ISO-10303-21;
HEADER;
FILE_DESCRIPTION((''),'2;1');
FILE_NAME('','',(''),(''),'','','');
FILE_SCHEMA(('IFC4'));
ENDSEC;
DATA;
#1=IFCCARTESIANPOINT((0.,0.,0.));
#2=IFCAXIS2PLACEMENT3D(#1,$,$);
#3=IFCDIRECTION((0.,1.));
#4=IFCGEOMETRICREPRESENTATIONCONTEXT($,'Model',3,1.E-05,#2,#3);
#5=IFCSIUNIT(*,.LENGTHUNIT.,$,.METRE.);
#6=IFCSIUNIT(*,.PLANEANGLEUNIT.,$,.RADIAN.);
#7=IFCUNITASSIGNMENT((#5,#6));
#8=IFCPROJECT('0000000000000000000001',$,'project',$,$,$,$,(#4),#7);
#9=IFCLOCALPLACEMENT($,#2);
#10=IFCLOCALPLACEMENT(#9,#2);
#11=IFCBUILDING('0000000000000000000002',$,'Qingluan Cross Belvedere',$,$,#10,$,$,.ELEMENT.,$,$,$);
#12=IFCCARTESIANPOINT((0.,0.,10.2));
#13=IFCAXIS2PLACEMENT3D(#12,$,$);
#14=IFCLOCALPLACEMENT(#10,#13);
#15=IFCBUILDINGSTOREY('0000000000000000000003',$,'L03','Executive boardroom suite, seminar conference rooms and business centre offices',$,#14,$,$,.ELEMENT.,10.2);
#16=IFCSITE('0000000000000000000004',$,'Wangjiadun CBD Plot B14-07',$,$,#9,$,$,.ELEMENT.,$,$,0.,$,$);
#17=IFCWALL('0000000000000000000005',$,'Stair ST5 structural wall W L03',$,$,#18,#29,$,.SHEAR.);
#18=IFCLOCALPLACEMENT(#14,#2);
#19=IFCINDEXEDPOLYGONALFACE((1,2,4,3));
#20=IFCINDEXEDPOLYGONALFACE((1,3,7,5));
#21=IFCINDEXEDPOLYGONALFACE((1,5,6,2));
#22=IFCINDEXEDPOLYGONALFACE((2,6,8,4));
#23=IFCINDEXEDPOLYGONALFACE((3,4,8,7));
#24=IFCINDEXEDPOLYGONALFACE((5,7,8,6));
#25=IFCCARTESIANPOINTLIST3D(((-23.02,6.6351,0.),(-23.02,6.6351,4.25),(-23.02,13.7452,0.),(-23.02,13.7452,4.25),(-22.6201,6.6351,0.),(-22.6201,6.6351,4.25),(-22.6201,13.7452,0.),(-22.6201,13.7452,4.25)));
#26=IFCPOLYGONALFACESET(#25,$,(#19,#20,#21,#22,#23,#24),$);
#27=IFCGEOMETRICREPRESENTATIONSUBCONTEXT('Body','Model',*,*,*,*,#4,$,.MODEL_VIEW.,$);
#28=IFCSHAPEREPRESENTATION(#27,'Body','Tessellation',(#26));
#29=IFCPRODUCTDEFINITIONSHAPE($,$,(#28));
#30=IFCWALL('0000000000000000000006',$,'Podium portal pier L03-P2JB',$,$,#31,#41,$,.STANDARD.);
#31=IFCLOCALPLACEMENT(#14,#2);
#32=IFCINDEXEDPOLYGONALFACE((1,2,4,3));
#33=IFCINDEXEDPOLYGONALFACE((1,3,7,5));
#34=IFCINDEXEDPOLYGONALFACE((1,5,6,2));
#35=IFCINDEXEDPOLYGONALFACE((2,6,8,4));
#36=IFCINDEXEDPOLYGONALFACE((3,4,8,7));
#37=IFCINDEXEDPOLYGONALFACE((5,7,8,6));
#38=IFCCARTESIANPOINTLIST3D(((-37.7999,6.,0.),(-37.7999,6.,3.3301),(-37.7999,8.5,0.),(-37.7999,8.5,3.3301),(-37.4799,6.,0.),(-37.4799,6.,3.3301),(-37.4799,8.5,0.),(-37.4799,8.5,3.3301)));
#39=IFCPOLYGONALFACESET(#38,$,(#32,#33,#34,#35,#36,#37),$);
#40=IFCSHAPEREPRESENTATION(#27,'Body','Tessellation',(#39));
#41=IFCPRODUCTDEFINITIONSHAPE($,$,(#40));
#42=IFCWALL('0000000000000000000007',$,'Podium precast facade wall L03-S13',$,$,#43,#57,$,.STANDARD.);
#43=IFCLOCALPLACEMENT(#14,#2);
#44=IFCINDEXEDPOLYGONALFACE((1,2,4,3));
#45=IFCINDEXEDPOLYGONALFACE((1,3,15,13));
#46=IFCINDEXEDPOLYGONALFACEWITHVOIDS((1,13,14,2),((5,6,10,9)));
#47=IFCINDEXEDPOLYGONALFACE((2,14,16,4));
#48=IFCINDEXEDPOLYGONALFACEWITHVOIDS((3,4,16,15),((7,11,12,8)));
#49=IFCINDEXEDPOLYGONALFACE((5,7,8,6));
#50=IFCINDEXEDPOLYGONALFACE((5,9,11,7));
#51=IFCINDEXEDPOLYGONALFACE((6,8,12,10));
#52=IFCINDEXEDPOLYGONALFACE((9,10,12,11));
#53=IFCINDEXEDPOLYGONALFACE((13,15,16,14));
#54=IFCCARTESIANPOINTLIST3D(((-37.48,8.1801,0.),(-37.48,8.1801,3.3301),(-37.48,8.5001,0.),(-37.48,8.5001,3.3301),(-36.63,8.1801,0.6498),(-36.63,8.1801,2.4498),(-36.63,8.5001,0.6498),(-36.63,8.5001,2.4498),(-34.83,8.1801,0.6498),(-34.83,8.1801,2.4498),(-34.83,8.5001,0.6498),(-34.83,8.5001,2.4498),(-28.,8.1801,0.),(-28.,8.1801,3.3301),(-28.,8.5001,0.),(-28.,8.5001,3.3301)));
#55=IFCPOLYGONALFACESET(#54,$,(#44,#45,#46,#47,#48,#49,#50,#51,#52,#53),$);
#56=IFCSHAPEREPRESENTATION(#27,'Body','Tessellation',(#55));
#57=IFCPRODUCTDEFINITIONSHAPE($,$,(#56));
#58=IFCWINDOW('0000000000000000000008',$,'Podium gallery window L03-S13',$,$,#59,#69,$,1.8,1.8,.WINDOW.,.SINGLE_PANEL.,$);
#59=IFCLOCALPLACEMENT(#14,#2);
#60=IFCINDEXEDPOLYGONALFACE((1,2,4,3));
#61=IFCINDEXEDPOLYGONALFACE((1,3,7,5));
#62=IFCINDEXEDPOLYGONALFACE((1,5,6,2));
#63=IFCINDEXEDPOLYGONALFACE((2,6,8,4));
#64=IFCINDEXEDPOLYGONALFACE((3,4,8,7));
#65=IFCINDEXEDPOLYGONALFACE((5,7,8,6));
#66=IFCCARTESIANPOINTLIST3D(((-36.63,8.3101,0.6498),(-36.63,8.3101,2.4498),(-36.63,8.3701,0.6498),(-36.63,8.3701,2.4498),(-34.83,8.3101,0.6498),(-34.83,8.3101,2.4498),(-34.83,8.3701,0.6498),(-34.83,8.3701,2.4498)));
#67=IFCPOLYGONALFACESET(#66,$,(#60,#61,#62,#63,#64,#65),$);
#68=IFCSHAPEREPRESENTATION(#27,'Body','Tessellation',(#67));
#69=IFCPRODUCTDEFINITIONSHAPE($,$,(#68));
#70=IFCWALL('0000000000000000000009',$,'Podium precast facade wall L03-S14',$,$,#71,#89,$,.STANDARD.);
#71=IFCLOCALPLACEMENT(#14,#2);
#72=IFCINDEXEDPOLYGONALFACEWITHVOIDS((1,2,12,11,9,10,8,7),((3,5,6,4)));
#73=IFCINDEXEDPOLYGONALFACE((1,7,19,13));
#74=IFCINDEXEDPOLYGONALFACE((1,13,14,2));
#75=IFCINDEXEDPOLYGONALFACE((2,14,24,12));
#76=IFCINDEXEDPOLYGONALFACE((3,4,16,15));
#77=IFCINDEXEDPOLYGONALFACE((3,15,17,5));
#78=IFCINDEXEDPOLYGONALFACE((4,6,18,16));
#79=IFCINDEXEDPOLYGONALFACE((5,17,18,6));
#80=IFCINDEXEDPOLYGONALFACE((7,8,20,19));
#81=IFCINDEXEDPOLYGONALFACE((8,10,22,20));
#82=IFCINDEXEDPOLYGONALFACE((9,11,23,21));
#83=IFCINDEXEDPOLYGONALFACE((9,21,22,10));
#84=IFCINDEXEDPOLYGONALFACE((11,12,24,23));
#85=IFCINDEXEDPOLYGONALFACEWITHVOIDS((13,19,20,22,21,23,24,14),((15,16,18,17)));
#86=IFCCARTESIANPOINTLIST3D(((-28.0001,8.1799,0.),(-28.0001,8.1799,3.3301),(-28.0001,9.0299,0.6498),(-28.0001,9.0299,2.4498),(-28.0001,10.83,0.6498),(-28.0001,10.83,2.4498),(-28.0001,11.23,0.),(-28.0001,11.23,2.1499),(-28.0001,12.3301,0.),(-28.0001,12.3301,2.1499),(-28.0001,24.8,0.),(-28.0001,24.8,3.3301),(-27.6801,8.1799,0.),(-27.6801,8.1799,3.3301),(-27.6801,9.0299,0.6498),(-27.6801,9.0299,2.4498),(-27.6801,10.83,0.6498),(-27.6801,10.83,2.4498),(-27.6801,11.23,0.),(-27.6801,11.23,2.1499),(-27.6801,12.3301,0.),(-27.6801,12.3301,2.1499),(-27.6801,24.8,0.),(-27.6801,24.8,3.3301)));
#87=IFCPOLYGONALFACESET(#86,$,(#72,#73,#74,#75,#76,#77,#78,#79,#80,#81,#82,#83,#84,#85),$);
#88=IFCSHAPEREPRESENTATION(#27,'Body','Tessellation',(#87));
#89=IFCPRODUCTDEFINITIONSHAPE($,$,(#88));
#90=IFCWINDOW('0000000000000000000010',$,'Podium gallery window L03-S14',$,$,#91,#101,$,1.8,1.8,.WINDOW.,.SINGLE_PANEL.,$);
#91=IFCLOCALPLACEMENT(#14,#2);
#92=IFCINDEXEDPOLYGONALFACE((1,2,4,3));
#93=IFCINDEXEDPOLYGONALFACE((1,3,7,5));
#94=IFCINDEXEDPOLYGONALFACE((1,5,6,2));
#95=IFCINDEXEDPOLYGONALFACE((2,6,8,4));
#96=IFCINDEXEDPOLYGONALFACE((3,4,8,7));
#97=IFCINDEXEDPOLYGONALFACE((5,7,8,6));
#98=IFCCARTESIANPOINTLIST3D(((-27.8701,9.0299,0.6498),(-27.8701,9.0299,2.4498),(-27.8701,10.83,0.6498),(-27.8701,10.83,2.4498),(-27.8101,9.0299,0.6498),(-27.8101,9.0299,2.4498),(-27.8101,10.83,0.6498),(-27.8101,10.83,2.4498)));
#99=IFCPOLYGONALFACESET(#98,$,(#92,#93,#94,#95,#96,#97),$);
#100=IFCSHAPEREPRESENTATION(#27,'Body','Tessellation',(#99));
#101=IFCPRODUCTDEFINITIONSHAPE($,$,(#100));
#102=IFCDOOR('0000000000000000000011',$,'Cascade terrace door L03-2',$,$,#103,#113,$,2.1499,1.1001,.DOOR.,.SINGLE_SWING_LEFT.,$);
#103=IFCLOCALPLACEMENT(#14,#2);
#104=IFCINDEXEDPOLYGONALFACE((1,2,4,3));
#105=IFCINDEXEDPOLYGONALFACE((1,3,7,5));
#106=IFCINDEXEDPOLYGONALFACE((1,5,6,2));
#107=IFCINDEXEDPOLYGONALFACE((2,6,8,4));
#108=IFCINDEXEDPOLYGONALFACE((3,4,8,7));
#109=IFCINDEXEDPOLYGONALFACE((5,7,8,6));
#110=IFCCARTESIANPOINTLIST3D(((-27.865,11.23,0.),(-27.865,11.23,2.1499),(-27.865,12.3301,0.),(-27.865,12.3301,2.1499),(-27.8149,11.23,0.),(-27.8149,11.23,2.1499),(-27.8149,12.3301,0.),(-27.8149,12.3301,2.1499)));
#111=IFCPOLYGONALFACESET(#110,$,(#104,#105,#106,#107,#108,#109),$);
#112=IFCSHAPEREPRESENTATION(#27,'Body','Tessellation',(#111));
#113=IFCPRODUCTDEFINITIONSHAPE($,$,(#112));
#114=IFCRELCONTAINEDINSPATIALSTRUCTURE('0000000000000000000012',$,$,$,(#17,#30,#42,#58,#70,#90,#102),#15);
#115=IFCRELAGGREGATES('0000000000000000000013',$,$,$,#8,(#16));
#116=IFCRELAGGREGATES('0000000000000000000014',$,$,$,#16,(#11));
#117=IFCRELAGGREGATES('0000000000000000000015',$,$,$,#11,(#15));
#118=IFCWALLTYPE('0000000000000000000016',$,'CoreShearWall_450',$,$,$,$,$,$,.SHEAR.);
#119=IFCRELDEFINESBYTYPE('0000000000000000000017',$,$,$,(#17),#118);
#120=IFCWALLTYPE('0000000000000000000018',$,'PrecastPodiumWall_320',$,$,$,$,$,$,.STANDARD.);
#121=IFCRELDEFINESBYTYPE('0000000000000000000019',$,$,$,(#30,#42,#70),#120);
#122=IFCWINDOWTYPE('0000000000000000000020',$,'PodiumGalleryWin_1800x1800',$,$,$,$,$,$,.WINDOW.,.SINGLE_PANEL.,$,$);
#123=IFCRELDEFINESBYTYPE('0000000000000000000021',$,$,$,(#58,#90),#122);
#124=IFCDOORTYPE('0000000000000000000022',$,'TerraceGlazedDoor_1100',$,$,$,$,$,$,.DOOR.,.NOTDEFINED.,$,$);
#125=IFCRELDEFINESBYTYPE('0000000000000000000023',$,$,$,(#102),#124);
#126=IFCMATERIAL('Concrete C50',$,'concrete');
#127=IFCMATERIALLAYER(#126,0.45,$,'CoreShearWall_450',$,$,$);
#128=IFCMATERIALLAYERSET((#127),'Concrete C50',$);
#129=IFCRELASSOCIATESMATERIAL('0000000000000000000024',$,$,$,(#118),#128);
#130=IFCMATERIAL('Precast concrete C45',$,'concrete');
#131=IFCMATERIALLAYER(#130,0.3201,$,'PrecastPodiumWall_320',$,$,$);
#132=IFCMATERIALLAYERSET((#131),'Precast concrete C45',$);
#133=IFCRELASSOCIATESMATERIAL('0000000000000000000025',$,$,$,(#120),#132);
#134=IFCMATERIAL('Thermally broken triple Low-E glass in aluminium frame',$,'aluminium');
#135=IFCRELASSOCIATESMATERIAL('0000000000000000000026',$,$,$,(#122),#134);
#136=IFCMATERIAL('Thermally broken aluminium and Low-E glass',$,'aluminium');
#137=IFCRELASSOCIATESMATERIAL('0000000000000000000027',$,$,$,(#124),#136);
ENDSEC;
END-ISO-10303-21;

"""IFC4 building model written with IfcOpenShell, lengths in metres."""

from ifc_helpers import new_model, si_unit, direction, frame, frame_2d, origin, place, context, subcontext, project, spatial, rectangle, extrude, material, layer, layer_set, type_object, element, fill, save


model = new_model("IFC4")

# Units and contexts
model_context = context("Model", 3, precision=1e-05, world=origin(), true_north=direction((0.0, 1.0)))
body_context = subcontext(model_context, "Body", "Model", "MODEL_VIEW")
ifc_project = project(units=[si_unit("LENGTHUNIT", "METRE"), si_unit("PLANEANGLEUNIT", "RADIAN")], contexts=[model_context])

# Site, building, storey
site_placement = place(None, origin())
site = spatial("IfcSite", under=ifc_project, at=site_placement, Name="Wangjiadun CBD Plot B14-07", CompositionType="ELEMENT", RefElevation=0.0)
building_placement = place(site_placement, origin())
building = spatial("IfcBuilding", under=site, at=building_placement, Name="Qingluan Cross Belvedere", CompositionType="ELEMENT")
storey_placement = place(building_placement, frame((0.0, 0.0, 10.2)))
storey = spatial("IfcBuildingStorey", under=building, at=storey_placement, Name="L03", Description="Executive boardroom suite, seminar conference rooms and business centre offices", CompositionType="ELEMENT", Elevation=10.2)

# Shared definitions
ifc_material_1 = material(Name="Concrete C50", Category="concrete")
ifc_layer_1 = layer(ifc_material_1, 0.45, Name="CoreShearWall_450")
ifc_layer_set_1 = layer_set([ifc_layer_1], Name="Concrete C50")
wall_type_1 = type_object("IfcWallType", Name="CoreShearWall_450", PredefinedType="SHEAR", material=ifc_layer_set_1)

# Walls
wall_1_placement = place(storey_placement, frame((-22.8201, 6.635, 0.0), z_axis=(0.0, 0.0, 1.0), x_axis=(0.0, 1.0, 0.0)))
element("IfcWall", 1, at=wall_1_placement, inside=storey, type_object=wall_type_1, Name="Stair ST5 structural wall W L03", PredefinedType="SHEAR", context=body_context, shape_type="SweptSolid", body=[
    extrude(rectangle(XDim=7.1101, YDim=0.3999, at=frame_2d((3.5552, 0.0))), origin(), (0.0, 0.0, 1.0), 4.25),
])
ifc_material_2 = material(Name="Precast concrete C45", Category="concrete")
ifc_layer_2 = layer(ifc_material_2, 0.3201, Name="PrecastPodiumWall_320")
ifc_layer_set_2 = layer_set([ifc_layer_2], Name="Precast concrete C45")
wall_type_2 = type_object("IfcWallType", Name="PrecastPodiumWall_320", PredefinedType="STANDARD", material=ifc_layer_set_2)
wall_2_placement = place(storey_placement, frame((-37.6399, 6.0, 0.0), z_axis=(0.0, 0.0, 1.0), x_axis=(0.0, 1.0, 0.0)))
element("IfcWall", 2, at=wall_2_placement, inside=storey, type_object=wall_type_2, Name="Podium portal pier L03-P2JB", PredefinedType="STANDARD", context=body_context, shape_type="SweptSolid", body=[
    extrude(rectangle(XDim=2.5, YDim=0.3201, at=frame_2d((1.25, 0.0))), origin(), (0.0, 0.0, 1.0), 3.3301),
])

# Wall, opening, window
wall_3_placement = place(storey_placement, frame((-37.48, 8.3401, 0.0), z_axis=(0.0, 0.0, 1.0), x_axis=(1.0, 0.0, 0.0)))
wall_3 = element("IfcWall", 3, at=wall_3_placement, inside=storey, type_object=wall_type_2, Name="Podium precast facade wall L03-S13", PredefinedType="STANDARD", context=body_context, shape_type="SweptSolid", body=[
    extrude(rectangle(XDim=9.48, YDim=0.3201, at=frame_2d((4.74, 0.0))), origin(), (0.0, 0.0, 1.0), 3.3301),
])
opening_1_placement = place(wall_3_placement, frame((0.8501, 0.0, 0.6499)))
opening_1 = element("IfcOpeningElement", 4, at=opening_1_placement, cuts=wall_3, PredefinedType="OPENING", context=body_context, shape_type="SweptSolid", body=[
    extrude(rectangle(XDim=1.8, YDim=1.8, at=frame_2d((0.8999, 0.8999))), frame((0.0, 0.1699, 0.0), z_axis=(0.0, -1.0, 0.0), x_axis=(1.0, 0.0, 0.0)), (0.0, 0.0, 1.0), 0.3401),
])
ifc_material_3 = material(Name="Thermally broken triple Low-E glass in aluminium frame", Category="aluminium")
window_type = type_object("IfcWindowType", Name="PodiumGalleryWin_1800x1800", PartitioningType="SINGLE_PANEL", PredefinedType="WINDOW", material=ifc_material_3)
window_1_placement = place(opening_1_placement, origin())
window_1 = element("IfcWindow", 5, at=window_1_placement, inside=storey, type_object=window_type, Name="Podium gallery window L03-S13", OverallHeight=1.8, OverallWidth=1.8, PartitioningType="SINGLE_PANEL", PredefinedType="WINDOW", context=body_context, shape_type="SweptSolid", body=[
    extrude(rectangle(XDim=1.8, YDim=1.8, at=frame_2d((0.8999, 0.8999))), frame((0.0, 0.03, 0.0), z_axis=(0.0, -1.0, 0.0), x_axis=(1.0, 0.0, 0.0)), (0.0, 0.0, 1.0), 0.0601),
])
fill(opening_1, window_1)

# Wall, openings, window, door
wall_4_placement = place(storey_placement, frame((-27.8401, 8.1799, 0.0), z_axis=(0.0, 0.0, 1.0), x_axis=(0.0, 1.0, 0.0)))
wall_4 = element("IfcWall", 6, at=wall_4_placement, inside=storey, type_object=wall_type_2, Name="Podium precast facade wall L03-S14", PredefinedType="STANDARD", context=body_context, shape_type="SweptSolid", body=[
    extrude(rectangle(XDim=16.6201, YDim=0.3201, at=frame_2d((8.3101, 0.0))), origin(), (0.0, 0.0, 1.0), 3.3301),
])
opening_2_placement = place(wall_4_placement, frame((0.8501, 0.0, 0.6499)))
opening_2 = element("IfcOpeningElement", 7, at=opening_2_placement, cuts=wall_4, PredefinedType="OPENING", context=body_context, shape_type="SweptSolid", body=[
    extrude(rectangle(XDim=1.8, YDim=1.8, at=frame_2d((0.8999, 0.8999))), frame((0.0, 0.1699, 0.0), z_axis=(0.0, -1.0, 0.0), x_axis=(1.0, 0.0, 0.0)), (0.0, 0.0, 1.0), 0.3401),
])
opening_3_placement = place(wall_4_placement, frame((3.05, 0.0, 0.0)))
opening_3 = element("IfcOpeningElement", 8, at=opening_3_placement, cuts=wall_4, PredefinedType="OPENING", context=body_context, shape_type="SweptSolid", body=[
    extrude(rectangle(XDim=1.1001, YDim=2.1499, at=frame_2d((0.55, 1.075))), frame((0.0, 0.1699, 0.0), z_axis=(0.0, -1.0, 0.0), x_axis=(1.0, 0.0, 0.0)), (0.0, 0.0, 1.0), 0.3401),
])
window_2_placement = place(opening_2_placement, origin())
window_2 = element("IfcWindow", 9, at=window_2_placement, inside=storey, type_object=window_type, Name="Podium gallery window L03-S14", OverallHeight=1.8, OverallWidth=1.8, PartitioningType="SINGLE_PANEL", PredefinedType="WINDOW", context=body_context, shape_type="SweptSolid", body=[
    extrude(rectangle(XDim=1.8, YDim=1.8, at=frame_2d((0.8999, 0.8999))), frame((0.0, 0.03, 0.0), z_axis=(0.0, -1.0, 0.0), x_axis=(1.0, 0.0, 0.0)), (0.0, 0.0, 1.0), 0.0601),
])
fill(opening_2, window_2)
ifc_material_4 = material(Name="Thermally broken aluminium and Low-E glass", Category="aluminium")
door_type_1 = type_object("IfcDoorType", Name="TerraceGlazedDoor_1100", OperationType="NOTDEFINED", PredefinedType="DOOR", material=ifc_material_4)
door_1_placement = place(opening_3_placement, origin())
door_1 = element("IfcDoor", 10, at=door_1_placement, inside=storey, type_object=door_type_1, Name="Cascade terrace door L03-2", OperationType="SINGLE_SWING_LEFT", OverallHeight=2.1499, OverallWidth=1.1001, PredefinedType="DOOR", context=body_context, shape_type="SweptSolid", body=[
    extrude(rectangle(XDim=1.1001, YDim=2.1499, at=frame_2d((0.55, 1.075))), frame((0.0, 0.0249, 0.0), z_axis=(0.0, -1.0, 0.0), x_axis=(1.0, 0.0, 0.0)), (0.0, 0.0, 1.0), 0.05),
])
fill(opening_3, door_1)

save(model, "model.ifc")
